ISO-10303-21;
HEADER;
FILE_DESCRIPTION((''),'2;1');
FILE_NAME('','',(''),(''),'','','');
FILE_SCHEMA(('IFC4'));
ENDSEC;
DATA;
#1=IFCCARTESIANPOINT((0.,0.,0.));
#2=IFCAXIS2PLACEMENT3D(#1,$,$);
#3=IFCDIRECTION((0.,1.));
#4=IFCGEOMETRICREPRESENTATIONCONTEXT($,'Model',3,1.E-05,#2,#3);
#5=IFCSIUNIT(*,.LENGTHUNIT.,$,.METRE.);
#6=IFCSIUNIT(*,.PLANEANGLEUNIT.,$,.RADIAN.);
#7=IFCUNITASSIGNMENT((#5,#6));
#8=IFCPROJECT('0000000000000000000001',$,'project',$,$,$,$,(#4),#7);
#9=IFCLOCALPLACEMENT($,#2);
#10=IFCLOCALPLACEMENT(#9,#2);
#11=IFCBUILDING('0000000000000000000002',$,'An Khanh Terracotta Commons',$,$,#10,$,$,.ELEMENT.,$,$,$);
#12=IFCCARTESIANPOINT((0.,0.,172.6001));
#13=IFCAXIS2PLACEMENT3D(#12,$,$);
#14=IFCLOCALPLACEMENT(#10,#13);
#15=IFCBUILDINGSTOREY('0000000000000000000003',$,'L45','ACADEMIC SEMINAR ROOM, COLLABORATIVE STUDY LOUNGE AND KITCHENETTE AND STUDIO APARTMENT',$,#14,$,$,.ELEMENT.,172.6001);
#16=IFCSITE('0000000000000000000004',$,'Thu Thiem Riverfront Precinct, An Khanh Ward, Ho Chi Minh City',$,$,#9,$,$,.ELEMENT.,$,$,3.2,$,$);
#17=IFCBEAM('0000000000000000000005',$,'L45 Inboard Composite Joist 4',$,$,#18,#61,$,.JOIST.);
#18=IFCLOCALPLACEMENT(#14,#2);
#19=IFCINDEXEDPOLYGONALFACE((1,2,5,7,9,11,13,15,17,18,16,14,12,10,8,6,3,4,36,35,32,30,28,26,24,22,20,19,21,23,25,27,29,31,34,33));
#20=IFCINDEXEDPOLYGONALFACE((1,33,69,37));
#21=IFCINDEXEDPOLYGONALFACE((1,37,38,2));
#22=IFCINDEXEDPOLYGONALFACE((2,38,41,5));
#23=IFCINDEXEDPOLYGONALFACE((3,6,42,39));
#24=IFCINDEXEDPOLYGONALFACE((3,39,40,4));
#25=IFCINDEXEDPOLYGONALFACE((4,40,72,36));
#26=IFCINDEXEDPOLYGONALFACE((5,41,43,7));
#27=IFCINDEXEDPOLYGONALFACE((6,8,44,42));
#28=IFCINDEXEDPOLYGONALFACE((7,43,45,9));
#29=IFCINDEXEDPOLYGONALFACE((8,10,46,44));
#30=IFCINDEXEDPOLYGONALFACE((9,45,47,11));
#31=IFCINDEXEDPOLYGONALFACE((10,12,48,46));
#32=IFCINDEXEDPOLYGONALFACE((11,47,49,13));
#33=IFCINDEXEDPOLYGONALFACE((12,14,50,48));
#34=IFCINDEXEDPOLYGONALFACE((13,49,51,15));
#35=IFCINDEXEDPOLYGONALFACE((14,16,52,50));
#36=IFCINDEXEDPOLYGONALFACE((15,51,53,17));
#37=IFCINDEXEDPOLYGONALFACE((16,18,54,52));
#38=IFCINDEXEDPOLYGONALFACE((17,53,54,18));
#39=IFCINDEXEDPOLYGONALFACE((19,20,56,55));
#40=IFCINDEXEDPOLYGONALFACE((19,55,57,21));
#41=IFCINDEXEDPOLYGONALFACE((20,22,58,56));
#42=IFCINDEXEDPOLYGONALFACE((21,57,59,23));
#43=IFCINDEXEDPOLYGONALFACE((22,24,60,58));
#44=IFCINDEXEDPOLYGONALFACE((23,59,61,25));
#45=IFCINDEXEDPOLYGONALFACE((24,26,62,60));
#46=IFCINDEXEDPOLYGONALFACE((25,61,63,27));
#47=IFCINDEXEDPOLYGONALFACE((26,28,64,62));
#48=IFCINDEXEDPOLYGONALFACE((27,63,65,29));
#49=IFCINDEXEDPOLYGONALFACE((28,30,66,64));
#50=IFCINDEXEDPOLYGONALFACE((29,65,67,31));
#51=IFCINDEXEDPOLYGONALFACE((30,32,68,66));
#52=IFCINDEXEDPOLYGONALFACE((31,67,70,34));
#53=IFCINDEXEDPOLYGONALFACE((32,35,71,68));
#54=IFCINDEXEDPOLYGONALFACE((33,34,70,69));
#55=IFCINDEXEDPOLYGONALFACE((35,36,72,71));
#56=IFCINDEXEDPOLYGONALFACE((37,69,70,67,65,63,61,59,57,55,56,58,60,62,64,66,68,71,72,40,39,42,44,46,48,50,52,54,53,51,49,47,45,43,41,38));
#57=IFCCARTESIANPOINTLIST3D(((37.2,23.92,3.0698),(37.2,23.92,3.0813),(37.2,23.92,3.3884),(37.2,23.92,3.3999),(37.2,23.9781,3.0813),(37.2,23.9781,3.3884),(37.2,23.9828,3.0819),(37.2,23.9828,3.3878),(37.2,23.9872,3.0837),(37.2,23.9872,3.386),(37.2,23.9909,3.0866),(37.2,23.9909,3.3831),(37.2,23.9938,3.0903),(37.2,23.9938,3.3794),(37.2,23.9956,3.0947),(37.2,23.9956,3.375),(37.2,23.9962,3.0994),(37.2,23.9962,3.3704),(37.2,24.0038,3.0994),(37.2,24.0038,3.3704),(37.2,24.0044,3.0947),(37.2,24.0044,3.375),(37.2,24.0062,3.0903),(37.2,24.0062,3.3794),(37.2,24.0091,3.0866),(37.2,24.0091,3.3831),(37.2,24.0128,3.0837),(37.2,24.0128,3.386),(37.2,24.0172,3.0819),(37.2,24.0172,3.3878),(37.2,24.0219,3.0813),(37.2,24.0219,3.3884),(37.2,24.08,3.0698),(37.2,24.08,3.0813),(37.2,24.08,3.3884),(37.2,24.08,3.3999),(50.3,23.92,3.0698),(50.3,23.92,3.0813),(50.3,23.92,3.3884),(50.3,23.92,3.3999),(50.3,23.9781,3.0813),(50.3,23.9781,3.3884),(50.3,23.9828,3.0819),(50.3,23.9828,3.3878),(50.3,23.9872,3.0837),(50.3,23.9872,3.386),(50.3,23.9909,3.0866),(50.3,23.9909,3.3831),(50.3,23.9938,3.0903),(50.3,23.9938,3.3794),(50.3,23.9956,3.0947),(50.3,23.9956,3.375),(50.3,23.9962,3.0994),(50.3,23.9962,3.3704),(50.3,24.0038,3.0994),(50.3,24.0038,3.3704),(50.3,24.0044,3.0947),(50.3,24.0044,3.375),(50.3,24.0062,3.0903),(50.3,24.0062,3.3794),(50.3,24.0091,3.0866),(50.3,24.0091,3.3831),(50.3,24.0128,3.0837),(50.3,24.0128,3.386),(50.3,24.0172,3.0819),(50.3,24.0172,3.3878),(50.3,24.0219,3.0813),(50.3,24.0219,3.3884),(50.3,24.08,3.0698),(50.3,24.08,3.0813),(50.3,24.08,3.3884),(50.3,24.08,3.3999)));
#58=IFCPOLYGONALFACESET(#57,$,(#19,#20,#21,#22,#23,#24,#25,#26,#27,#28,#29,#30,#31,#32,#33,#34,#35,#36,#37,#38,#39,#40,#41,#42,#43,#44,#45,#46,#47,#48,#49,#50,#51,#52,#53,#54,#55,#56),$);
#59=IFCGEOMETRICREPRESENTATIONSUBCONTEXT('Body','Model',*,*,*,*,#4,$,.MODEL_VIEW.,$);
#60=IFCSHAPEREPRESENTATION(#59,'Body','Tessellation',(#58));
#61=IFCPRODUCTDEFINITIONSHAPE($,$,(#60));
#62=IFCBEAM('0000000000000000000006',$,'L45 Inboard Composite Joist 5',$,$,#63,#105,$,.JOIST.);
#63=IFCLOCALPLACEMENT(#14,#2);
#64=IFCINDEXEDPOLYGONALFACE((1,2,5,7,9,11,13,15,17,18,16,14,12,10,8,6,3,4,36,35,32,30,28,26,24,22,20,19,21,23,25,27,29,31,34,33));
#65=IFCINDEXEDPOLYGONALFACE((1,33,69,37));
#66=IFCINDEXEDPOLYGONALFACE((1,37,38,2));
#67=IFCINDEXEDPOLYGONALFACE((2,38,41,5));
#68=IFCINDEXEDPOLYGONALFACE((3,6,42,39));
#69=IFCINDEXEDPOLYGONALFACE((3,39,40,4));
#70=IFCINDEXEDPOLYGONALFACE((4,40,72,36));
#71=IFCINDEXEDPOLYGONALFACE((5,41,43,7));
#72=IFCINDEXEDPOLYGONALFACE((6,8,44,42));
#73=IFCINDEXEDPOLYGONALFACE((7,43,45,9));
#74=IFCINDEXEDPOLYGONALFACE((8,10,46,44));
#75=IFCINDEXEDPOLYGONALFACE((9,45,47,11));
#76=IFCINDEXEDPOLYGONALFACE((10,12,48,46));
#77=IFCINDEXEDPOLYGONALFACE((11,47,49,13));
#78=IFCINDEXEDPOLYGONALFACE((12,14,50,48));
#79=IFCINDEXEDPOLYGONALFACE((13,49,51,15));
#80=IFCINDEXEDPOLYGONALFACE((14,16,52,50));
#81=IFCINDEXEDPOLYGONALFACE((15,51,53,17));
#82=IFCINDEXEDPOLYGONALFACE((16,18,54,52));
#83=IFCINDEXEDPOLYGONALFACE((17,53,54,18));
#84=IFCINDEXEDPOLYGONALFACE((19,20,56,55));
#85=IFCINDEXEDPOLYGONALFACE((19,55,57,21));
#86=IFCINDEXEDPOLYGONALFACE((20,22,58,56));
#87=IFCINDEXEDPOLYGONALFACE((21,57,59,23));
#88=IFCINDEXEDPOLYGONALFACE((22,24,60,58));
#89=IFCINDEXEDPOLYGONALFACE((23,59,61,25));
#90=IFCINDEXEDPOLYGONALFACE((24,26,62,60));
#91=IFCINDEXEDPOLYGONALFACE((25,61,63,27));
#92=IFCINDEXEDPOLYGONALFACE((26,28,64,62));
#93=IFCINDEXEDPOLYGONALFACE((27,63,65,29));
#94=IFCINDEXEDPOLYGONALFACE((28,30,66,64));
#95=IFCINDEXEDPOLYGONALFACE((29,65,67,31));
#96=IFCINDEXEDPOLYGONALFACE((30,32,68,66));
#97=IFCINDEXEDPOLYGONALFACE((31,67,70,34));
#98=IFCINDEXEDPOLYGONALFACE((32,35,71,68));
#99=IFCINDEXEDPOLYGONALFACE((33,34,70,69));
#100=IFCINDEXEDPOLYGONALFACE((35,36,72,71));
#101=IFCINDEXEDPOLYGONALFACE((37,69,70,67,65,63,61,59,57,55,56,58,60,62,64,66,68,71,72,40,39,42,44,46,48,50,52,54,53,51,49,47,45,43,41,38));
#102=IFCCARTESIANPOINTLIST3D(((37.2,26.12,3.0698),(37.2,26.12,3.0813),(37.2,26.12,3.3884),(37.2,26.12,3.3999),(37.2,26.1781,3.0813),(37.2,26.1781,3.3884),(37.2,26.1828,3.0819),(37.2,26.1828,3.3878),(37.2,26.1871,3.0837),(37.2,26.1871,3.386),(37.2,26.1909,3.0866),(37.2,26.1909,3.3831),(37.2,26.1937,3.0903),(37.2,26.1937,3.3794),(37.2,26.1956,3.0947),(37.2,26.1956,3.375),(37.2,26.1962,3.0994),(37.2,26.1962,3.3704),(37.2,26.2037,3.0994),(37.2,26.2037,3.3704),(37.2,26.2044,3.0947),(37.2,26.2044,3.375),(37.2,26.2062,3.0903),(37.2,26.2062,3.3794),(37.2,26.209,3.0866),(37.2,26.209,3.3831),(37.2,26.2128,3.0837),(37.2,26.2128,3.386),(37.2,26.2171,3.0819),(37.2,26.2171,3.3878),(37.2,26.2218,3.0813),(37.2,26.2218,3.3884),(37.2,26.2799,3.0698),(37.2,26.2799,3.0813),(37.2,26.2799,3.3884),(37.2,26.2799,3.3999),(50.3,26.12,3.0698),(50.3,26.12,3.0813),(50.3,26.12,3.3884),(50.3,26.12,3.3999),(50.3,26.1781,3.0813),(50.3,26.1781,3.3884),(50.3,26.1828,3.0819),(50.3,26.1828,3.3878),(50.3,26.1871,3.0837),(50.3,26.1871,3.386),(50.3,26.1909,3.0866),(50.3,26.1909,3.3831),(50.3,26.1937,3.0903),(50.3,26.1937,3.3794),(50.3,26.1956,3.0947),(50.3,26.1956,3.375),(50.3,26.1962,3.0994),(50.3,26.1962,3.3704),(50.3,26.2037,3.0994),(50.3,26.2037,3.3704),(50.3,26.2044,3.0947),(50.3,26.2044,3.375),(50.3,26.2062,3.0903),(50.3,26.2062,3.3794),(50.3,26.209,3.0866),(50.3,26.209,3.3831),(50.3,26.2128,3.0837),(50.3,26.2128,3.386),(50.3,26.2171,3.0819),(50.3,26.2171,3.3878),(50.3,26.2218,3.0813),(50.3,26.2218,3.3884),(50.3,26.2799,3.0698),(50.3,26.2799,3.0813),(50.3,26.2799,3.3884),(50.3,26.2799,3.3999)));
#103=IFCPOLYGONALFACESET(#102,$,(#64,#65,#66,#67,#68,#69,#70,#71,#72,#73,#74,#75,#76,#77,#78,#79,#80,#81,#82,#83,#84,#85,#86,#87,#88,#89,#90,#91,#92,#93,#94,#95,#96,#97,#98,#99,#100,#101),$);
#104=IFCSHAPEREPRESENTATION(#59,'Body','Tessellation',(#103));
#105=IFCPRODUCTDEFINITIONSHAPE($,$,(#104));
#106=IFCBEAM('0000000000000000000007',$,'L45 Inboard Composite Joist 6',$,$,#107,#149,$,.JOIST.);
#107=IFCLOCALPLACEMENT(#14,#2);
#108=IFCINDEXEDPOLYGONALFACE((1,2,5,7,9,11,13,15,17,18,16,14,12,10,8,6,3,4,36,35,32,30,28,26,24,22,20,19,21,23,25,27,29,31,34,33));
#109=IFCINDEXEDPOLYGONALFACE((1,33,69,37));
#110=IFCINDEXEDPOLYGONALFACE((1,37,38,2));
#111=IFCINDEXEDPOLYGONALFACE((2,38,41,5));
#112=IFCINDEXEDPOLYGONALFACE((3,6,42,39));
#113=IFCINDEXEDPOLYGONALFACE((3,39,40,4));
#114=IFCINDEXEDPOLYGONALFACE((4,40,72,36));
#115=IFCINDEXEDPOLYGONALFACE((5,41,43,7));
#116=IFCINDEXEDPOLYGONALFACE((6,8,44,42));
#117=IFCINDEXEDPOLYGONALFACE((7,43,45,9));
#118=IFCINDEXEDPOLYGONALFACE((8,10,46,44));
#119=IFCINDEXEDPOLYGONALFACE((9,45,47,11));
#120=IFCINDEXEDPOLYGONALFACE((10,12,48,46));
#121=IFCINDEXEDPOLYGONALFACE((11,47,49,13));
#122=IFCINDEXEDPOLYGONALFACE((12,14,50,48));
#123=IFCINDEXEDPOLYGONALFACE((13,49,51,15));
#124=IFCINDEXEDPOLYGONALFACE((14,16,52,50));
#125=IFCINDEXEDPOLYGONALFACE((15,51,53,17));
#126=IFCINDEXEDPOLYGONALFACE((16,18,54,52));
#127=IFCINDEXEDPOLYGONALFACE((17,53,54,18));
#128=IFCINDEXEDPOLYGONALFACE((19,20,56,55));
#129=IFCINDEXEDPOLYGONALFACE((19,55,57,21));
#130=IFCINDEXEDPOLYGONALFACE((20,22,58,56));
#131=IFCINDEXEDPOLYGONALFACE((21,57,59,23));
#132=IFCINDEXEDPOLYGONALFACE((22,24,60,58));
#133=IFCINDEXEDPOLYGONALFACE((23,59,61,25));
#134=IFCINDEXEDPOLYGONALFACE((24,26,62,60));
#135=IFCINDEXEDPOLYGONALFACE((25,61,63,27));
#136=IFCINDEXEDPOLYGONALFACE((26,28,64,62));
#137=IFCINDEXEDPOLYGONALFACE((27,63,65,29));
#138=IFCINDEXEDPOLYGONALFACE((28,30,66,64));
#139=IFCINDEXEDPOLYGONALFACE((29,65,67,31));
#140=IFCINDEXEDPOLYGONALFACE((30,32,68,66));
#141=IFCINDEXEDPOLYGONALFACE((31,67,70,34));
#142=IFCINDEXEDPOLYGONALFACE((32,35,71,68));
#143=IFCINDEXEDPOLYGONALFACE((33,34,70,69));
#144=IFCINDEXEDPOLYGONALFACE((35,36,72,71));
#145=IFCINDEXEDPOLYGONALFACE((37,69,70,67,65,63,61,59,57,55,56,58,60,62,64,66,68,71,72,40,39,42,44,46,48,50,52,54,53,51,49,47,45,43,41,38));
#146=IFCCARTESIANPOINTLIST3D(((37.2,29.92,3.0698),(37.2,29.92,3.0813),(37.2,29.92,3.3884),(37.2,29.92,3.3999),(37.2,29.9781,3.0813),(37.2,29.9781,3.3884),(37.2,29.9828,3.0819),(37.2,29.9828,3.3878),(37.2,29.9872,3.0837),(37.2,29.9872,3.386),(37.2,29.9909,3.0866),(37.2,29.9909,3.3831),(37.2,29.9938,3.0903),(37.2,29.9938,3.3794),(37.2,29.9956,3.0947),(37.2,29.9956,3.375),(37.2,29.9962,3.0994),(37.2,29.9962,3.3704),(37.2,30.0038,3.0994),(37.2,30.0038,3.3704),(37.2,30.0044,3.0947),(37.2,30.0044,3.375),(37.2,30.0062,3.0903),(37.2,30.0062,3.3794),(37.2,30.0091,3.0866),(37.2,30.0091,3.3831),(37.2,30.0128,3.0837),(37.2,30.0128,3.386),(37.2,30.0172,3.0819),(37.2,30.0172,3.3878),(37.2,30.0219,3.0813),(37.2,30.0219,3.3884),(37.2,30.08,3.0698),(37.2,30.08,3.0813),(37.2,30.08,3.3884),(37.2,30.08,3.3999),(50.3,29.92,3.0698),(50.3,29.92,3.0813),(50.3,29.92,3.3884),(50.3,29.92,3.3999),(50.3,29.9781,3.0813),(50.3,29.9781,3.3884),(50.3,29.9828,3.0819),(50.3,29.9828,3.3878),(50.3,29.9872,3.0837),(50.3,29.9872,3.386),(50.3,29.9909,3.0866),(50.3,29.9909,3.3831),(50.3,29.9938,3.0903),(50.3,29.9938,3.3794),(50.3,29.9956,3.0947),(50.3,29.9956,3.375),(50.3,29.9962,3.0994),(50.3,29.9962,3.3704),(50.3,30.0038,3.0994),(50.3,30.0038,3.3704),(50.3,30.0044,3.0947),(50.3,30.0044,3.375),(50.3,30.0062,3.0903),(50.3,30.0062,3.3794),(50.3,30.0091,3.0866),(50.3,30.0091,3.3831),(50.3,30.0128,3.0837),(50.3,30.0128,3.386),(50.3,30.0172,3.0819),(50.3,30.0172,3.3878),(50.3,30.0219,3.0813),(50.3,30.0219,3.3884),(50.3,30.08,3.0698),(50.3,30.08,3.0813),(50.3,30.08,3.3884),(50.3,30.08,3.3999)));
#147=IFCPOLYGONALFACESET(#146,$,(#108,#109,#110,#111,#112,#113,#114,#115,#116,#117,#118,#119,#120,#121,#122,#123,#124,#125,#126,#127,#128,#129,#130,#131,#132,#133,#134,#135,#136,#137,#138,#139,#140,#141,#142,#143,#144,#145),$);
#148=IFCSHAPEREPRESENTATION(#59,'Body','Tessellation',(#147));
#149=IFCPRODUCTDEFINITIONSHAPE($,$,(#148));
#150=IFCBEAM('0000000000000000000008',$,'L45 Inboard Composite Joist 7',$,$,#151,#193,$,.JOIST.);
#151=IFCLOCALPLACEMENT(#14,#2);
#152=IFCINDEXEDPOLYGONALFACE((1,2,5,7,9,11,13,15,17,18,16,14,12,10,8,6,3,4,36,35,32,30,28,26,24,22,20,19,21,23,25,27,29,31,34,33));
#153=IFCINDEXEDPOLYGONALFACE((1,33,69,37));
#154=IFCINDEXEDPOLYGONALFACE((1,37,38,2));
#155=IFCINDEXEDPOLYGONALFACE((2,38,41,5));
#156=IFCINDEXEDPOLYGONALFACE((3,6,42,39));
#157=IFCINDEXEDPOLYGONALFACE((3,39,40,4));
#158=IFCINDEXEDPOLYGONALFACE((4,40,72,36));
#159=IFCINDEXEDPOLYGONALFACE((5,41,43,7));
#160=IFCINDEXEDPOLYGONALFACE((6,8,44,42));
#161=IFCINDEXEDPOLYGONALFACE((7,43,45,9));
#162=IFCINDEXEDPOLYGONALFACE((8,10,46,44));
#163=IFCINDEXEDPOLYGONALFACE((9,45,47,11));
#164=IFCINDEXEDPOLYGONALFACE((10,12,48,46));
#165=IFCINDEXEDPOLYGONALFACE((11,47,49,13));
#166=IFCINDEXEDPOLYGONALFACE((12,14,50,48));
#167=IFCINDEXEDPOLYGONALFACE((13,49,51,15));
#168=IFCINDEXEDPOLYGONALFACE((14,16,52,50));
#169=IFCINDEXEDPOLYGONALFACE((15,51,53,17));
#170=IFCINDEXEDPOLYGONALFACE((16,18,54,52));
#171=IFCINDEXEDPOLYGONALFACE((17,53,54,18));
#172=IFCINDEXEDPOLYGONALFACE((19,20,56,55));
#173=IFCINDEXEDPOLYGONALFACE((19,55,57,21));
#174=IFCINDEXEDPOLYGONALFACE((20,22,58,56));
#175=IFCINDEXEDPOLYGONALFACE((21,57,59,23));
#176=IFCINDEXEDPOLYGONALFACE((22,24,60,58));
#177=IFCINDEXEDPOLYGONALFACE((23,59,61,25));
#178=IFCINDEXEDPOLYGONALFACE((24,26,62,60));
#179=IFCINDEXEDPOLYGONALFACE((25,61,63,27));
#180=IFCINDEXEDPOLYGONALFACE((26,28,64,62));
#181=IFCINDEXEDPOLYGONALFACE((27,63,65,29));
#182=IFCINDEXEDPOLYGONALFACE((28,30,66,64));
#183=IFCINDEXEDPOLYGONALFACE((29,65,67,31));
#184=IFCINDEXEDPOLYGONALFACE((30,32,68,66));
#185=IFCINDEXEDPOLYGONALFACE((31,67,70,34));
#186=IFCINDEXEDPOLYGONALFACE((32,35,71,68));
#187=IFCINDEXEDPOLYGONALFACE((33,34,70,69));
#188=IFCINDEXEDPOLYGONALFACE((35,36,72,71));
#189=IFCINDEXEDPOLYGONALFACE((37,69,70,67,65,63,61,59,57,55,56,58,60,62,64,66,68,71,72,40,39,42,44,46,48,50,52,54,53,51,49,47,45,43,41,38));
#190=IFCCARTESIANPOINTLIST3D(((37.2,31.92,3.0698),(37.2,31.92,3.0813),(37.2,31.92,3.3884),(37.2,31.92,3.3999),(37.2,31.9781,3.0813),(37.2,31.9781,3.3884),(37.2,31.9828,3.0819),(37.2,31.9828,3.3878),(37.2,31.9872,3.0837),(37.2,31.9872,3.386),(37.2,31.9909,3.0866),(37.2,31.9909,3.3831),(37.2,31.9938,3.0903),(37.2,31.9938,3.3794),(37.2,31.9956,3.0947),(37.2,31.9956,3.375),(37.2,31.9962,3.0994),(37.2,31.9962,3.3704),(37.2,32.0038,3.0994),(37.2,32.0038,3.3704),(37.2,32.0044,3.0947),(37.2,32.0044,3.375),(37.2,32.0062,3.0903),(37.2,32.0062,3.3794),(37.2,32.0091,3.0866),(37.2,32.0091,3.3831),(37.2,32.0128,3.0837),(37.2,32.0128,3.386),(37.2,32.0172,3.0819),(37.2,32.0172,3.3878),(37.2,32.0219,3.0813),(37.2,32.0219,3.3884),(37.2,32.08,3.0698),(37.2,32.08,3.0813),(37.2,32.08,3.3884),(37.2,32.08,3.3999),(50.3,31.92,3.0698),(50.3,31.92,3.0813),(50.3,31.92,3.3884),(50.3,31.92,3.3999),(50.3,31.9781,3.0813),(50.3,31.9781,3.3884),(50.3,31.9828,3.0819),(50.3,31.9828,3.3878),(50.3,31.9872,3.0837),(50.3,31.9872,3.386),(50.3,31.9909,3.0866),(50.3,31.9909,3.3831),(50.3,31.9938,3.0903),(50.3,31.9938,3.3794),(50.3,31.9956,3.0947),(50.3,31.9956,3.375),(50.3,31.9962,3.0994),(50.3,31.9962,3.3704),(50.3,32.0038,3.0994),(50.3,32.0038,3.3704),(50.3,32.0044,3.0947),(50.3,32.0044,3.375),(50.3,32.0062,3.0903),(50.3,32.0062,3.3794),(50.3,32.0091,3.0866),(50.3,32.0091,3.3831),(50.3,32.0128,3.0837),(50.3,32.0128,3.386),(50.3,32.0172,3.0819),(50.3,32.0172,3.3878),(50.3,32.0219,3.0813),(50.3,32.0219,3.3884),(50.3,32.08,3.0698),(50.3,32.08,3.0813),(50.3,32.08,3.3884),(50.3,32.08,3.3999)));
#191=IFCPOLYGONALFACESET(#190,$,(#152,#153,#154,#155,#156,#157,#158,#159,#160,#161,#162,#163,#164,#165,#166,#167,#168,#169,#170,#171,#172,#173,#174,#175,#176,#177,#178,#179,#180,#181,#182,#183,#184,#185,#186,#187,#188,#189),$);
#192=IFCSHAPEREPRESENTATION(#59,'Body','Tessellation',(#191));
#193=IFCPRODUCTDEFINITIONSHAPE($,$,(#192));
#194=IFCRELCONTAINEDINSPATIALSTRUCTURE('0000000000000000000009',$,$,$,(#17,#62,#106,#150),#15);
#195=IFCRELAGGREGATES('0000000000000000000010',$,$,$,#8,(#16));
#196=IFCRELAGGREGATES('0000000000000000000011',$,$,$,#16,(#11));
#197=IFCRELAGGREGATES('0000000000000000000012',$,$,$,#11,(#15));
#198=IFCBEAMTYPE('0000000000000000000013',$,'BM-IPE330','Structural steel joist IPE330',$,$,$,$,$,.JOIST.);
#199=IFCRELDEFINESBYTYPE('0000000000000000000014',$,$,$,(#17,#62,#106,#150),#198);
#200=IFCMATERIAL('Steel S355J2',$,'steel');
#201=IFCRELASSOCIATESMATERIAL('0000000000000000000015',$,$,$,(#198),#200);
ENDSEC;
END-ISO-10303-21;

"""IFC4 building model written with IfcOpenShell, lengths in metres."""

from ifc_helpers import new_model, si_unit, direction, frame, origin, origin_2d, place, context, subcontext, project, spatial, i_section, extrude, material, material_profile, profile_set, type_object, element, save


model = new_model("IFC4")

# Units and contexts
model_context = context("Model", 3, precision=1e-05, world=origin(), true_north=direction((0.0, 1.0)))
body_context = subcontext(model_context, "Body", "Model", "MODEL_VIEW")
ifc_project = project(units=[si_unit("LENGTHUNIT", "METRE"), si_unit("PLANEANGLEUNIT", "RADIAN")], contexts=[model_context])

# Site, building, storey
site_placement = place(None, origin())
site = spatial("IfcSite", under=ifc_project, at=site_placement, Name="Thu Thiem Riverfront Precinct, An Khanh Ward, Ho Chi Minh City", CompositionType="ELEMENT", RefElevation=3.2)
building_placement = place(site_placement, origin())
building = spatial("IfcBuilding", under=site, at=building_placement, Name="An Khanh Terracotta Commons", CompositionType="ELEMENT")
storey_placement = place(building_placement, frame((0.0, 0.0, 172.6001)))
storey = spatial("IfcBuildingStorey", under=building, at=storey_placement, Name="L45", Description="ACADEMIC SEMINAR ROOM, COLLABORATIVE STUDY LOUNGE AND KITCHENETTE AND STUDIO APARTMENT", CompositionType="ELEMENT", Elevation=172.6001)

# Beams
ifc_material_1 = material(Name="Steel S355J2", Category="steel")
ifc_material_profile_1 = material_profile(ifc_material_1, i_section(OverallWidth=0.1599, OverallDepth=0.3301, WebThickness=0.0076, FlangeThickness=0.0115, FilletRadius=0.0181, at=origin_2d()), Name="IPE330")
ifc_profile_set_1 = profile_set([ifc_material_profile_1], Name="Steel S355J2")
beam_type_1 = type_object("IfcBeamType", Name="BM-IPE330", Description="Structural steel joist IPE330", PredefinedType="JOIST", material=ifc_profile_set_1)
for number, where, z_axis, x_axis, name in (
    (1, (37.2, 24.0, 3.2349), (1.0, 0.0, 0.0), (0.0, 1.0, 0.0), "L45 Inboard Composite Joist 4"),
    (2, (37.2, 26.2, 3.2349), (1.0, 0.0, 0.0), (0.0, 1.0, 0.0), "L45 Inboard Composite Joist 5"),
    (3, (37.2, 30.0, 3.2349), (1.0, 0.0, 0.0), (0.0, 1.0, 0.0), "L45 Inboard Composite Joist 6"),
    (4, (37.2, 32.0, 3.2349), (1.0, 0.0, 0.0), (0.0, 1.0, 0.0), "L45 Inboard Composite Joist 7"),
):
    element("IfcBeam", number, at=place(storey_placement, frame(where, z_axis=z_axis, x_axis=x_axis)), inside=storey, type_object=beam_type_1, Name=name, PredefinedType="JOIST", context=body_context, shape_type="SweptSolid", body=[
        extrude(i_section(OverallWidth=0.1599, OverallDepth=0.3301, WebThickness=0.0076, FlangeThickness=0.0115, FilletRadius=0.0181, at=origin_2d()), origin(), (0.0, 0.0, 1.0), 13.1001),
    ])

save(model, "model.ifc")
